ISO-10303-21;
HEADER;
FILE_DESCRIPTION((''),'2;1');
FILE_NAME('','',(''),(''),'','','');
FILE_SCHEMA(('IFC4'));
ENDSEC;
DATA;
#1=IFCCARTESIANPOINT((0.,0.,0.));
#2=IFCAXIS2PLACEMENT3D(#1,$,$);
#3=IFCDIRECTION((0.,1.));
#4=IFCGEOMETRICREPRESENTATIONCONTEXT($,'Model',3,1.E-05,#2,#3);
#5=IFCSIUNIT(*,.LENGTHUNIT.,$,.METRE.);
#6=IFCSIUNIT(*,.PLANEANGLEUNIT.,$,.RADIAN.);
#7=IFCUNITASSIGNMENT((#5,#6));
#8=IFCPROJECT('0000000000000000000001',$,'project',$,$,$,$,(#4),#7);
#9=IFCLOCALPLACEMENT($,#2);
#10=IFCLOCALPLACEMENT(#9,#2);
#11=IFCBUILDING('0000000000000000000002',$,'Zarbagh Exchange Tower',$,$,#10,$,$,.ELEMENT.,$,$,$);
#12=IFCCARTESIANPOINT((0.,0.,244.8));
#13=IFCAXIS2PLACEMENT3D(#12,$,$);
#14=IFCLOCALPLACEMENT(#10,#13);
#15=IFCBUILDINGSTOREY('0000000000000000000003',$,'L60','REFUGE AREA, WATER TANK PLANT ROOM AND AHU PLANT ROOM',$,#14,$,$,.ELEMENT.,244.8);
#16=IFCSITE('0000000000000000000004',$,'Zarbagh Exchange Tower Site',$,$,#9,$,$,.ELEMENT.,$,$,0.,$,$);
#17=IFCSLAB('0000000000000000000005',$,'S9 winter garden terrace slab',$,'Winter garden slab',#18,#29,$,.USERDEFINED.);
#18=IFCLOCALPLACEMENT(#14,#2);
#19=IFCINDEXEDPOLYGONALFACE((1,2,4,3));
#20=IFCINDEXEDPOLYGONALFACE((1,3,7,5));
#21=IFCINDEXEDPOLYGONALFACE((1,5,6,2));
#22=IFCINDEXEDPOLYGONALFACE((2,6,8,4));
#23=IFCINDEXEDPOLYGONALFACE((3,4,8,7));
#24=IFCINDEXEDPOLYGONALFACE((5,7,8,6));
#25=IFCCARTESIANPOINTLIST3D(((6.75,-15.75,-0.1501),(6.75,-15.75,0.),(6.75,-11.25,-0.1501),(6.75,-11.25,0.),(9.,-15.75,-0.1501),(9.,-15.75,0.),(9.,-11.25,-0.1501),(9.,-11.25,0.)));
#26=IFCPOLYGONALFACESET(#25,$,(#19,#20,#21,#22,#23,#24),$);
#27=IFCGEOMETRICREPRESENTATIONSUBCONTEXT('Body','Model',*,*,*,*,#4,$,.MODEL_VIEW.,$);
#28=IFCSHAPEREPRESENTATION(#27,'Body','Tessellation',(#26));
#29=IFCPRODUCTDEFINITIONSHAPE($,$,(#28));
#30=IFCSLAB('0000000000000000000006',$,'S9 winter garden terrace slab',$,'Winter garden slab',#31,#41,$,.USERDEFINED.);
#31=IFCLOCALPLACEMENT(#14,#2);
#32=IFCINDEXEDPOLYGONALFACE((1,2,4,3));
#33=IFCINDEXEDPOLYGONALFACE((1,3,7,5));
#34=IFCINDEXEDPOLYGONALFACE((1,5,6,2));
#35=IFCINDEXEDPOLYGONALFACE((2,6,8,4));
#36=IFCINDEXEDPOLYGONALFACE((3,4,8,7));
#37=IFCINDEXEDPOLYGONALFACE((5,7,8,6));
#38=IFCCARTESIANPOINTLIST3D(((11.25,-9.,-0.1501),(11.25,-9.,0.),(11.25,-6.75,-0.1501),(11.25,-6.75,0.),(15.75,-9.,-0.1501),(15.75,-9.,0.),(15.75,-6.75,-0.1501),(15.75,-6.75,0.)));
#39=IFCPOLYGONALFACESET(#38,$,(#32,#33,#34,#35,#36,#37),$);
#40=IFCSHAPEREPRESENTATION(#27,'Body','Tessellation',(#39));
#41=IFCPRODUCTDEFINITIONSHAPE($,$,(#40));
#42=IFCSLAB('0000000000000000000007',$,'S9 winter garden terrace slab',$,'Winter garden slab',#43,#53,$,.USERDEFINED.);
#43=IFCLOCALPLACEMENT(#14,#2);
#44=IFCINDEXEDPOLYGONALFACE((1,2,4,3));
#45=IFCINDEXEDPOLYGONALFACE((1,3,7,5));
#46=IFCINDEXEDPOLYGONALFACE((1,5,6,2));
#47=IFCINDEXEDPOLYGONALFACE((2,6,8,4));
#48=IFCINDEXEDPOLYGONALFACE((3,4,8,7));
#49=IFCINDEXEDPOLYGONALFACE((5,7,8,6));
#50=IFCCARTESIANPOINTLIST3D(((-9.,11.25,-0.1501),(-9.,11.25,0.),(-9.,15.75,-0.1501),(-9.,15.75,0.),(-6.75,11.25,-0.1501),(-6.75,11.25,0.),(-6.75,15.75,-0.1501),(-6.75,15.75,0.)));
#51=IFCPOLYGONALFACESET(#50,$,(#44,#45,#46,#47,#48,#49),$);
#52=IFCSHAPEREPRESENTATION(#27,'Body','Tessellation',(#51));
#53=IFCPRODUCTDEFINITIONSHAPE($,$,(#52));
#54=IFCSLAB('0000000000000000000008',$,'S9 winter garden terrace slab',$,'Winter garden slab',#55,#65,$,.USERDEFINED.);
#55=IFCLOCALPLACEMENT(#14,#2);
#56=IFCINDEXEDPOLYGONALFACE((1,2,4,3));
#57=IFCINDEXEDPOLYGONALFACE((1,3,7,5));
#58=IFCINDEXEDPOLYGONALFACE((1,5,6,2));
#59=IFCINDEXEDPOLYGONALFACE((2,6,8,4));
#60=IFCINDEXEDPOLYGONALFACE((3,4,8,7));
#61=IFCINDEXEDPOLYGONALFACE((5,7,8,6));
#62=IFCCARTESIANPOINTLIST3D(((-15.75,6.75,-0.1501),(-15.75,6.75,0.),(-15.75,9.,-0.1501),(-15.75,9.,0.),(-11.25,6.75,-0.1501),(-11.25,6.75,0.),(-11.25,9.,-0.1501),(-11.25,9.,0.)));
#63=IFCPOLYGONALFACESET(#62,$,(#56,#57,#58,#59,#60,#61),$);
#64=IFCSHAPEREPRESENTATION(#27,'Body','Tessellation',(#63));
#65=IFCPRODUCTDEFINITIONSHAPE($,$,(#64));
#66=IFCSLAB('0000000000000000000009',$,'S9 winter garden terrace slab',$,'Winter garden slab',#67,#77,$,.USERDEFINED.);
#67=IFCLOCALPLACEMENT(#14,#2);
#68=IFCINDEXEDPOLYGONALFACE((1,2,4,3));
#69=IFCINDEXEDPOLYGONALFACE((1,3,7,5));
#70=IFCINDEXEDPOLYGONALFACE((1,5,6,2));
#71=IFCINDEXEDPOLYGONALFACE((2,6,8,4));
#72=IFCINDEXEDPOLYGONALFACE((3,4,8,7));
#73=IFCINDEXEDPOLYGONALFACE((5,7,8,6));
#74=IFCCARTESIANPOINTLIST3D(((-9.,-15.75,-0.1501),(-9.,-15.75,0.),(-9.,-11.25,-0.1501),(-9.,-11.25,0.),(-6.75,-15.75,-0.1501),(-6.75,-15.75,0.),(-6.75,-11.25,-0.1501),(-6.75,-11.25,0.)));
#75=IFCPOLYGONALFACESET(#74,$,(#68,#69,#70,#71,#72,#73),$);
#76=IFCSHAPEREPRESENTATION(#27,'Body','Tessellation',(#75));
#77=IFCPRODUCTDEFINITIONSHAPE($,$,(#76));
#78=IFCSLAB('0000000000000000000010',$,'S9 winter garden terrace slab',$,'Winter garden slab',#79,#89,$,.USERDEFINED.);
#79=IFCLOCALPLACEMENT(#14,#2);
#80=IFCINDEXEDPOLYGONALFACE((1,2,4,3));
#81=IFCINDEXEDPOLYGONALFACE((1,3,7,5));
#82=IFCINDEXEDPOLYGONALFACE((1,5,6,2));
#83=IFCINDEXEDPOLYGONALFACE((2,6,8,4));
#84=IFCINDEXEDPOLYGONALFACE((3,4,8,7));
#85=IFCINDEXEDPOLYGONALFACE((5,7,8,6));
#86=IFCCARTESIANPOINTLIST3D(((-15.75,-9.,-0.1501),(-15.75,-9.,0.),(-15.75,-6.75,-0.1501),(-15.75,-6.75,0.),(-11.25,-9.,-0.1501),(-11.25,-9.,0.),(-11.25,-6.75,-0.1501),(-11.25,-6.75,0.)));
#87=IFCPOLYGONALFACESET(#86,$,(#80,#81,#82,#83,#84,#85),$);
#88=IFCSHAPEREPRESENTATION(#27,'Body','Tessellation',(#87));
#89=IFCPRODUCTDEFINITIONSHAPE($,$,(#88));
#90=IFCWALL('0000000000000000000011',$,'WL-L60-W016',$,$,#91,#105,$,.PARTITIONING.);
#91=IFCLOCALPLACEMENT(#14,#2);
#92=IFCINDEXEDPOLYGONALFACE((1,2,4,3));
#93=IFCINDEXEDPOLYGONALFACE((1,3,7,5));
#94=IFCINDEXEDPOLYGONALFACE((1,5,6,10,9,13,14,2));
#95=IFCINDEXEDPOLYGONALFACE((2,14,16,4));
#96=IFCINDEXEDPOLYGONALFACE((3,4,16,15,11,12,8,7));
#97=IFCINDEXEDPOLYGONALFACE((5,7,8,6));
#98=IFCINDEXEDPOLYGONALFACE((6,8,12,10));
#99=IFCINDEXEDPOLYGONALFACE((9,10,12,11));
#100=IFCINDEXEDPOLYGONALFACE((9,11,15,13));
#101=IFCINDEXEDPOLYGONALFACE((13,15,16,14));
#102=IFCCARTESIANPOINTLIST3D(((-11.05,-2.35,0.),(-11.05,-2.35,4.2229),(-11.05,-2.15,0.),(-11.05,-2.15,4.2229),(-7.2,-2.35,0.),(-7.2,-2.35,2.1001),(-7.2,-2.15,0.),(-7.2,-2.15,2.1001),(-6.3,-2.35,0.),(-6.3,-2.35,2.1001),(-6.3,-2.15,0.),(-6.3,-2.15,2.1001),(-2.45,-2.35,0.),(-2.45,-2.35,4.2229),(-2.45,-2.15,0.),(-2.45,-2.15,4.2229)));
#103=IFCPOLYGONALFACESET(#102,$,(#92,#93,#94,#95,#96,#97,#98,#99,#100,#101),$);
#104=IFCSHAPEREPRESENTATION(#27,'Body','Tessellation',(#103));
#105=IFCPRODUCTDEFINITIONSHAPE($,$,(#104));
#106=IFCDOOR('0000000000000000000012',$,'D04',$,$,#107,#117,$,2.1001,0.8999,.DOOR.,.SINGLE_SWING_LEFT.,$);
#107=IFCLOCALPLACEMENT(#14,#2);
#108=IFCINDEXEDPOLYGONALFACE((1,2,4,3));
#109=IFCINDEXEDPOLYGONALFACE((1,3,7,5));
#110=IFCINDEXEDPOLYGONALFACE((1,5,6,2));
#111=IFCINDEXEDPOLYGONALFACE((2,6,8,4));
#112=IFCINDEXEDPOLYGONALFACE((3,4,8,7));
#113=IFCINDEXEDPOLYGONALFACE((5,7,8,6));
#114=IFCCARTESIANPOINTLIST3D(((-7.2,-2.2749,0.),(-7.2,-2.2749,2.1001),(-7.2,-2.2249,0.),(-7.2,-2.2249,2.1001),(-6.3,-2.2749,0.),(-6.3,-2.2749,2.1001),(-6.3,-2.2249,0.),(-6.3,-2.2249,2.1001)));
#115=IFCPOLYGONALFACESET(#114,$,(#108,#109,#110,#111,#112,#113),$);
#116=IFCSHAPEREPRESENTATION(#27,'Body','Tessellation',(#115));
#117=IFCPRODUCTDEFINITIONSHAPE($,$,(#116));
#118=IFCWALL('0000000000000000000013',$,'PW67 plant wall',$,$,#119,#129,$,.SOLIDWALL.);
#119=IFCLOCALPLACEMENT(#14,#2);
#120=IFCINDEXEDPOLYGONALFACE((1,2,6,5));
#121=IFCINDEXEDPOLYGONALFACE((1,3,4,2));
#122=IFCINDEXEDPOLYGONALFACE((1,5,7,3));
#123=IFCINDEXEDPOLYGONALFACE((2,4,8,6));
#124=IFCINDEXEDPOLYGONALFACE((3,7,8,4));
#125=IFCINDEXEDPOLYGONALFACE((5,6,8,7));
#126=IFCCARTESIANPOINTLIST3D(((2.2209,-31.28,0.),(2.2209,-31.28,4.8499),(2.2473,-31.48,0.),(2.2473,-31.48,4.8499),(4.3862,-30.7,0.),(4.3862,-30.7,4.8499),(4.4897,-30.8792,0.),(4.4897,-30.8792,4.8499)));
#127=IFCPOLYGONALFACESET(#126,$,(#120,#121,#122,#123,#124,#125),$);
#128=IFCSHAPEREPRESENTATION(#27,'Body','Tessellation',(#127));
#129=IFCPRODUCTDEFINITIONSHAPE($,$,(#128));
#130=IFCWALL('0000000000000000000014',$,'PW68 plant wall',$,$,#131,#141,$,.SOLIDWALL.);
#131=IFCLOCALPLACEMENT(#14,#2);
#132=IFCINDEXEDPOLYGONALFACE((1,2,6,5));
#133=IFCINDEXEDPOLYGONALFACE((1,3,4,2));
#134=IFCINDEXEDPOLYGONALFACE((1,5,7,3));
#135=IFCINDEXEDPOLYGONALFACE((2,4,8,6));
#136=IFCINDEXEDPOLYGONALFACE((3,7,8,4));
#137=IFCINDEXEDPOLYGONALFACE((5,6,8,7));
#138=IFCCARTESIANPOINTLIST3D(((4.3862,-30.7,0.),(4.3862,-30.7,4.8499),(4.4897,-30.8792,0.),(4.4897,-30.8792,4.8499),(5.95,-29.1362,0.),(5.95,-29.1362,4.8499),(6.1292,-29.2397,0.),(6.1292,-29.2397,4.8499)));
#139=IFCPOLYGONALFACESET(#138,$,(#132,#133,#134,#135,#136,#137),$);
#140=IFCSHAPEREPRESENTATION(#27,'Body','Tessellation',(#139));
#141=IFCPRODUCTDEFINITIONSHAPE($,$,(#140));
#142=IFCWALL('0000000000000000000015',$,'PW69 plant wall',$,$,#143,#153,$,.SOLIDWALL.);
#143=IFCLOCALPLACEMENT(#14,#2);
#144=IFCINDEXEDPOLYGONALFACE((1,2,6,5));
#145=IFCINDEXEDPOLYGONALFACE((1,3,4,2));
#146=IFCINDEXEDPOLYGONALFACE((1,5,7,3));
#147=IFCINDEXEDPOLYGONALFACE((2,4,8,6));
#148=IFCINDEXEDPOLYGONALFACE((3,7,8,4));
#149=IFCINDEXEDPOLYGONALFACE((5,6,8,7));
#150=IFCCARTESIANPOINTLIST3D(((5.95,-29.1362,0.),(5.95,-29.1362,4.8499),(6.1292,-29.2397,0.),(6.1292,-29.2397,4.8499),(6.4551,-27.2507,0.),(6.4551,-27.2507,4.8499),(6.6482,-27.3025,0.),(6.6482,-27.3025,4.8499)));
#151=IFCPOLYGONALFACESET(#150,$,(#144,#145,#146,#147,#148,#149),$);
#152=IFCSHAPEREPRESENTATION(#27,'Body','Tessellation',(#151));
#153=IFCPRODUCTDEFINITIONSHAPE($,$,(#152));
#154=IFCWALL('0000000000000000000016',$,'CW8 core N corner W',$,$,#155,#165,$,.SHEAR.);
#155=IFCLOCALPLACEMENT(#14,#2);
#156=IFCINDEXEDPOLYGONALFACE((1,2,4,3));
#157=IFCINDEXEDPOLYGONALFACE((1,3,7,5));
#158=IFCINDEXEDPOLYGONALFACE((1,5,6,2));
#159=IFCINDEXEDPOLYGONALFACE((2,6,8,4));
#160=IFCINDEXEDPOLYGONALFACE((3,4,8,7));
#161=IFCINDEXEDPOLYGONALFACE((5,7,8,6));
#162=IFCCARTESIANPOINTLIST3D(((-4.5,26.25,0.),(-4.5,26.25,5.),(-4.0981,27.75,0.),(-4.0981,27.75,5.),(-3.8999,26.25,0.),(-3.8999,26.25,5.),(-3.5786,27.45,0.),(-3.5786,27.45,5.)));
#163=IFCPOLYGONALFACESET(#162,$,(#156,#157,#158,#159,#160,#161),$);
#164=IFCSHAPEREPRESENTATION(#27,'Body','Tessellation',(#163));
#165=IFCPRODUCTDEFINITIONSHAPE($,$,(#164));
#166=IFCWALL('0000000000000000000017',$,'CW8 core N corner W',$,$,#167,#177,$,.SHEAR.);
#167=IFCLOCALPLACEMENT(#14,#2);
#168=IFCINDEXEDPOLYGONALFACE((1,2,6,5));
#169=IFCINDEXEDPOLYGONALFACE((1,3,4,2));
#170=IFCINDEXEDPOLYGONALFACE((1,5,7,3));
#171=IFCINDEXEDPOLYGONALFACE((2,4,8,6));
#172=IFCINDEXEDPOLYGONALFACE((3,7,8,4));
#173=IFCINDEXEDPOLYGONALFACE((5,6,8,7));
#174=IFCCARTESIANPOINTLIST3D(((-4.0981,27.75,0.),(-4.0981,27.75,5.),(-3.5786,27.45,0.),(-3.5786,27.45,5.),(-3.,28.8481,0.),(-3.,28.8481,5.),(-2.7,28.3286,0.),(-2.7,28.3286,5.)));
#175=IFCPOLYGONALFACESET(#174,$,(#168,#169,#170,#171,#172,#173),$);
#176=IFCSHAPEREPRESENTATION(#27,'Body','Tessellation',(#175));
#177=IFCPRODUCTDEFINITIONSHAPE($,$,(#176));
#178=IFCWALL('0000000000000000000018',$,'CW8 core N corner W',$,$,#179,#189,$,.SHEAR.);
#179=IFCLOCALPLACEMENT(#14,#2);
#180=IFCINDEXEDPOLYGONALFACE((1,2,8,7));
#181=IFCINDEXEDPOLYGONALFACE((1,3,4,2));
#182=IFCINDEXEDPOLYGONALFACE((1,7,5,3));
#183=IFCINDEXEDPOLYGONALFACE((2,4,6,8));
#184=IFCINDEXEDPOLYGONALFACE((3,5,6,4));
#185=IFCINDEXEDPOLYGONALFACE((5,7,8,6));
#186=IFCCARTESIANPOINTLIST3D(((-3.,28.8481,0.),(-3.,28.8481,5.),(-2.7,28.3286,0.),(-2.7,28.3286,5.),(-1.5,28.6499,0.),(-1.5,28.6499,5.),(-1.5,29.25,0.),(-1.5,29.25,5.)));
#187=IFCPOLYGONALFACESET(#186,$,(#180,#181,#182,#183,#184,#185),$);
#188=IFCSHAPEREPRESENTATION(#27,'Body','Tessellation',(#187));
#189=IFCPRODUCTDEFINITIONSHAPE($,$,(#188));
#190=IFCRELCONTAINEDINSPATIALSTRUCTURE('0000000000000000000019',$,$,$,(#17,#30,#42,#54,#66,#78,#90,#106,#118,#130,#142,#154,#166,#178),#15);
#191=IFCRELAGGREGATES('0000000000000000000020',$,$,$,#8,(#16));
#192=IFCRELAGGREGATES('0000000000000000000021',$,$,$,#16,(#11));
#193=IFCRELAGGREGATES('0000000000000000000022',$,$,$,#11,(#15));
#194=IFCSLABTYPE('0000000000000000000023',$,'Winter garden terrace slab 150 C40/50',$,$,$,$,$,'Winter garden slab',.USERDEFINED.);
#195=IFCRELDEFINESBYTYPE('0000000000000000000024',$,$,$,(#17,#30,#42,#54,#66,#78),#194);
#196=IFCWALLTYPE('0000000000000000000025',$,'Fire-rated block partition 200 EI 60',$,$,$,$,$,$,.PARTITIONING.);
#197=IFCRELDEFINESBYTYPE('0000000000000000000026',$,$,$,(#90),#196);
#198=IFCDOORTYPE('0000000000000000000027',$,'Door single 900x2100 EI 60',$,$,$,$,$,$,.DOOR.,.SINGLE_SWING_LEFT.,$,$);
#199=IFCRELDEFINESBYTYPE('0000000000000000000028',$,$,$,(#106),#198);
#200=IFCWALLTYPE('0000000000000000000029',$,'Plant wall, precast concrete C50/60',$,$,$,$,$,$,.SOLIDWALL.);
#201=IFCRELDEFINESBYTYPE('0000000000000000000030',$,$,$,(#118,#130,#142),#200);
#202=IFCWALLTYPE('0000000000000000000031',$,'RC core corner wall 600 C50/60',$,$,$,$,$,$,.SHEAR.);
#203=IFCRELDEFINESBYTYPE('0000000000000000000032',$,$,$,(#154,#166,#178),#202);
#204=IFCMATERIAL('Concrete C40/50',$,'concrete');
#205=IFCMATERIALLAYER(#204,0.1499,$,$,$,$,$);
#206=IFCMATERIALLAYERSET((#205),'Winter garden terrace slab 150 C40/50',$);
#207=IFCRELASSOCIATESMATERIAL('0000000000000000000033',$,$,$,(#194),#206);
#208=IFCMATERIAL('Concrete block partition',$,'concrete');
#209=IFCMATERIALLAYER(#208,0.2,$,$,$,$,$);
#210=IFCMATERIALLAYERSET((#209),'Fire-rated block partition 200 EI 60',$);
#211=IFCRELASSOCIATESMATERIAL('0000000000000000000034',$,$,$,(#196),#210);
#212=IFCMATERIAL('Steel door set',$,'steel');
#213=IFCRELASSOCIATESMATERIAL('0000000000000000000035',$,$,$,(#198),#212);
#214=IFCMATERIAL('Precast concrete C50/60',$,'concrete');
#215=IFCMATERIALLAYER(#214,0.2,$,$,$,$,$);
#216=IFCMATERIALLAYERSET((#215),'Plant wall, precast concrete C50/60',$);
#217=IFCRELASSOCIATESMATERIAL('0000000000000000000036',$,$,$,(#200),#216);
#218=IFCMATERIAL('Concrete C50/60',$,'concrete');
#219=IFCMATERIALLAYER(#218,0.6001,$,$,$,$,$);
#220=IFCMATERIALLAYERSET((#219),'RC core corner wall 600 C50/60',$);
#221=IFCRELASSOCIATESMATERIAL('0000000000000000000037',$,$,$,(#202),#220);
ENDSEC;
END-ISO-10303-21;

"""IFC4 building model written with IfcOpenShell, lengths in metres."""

from ifc_helpers import new_model, si_unit, direction, frame, frame_2d, origin, place, context, subcontext, project, spatial, polyline, rectangle, outline, extrude, material, layer, layer_set, type_object, element, fill, save


model = new_model("IFC4")

# Units and contexts
model_context = context("Model", 3, precision=1e-05, world=origin(), true_north=direction((0.0, 1.0)))
body_context = subcontext(model_context, "Body", "Model", "MODEL_VIEW")
ifc_project = project(units=[si_unit("LENGTHUNIT", "METRE"), si_unit("PLANEANGLEUNIT", "RADIAN")], contexts=[model_context])

# Site, building, storey
site_placement = place(None, origin())
site = spatial("IfcSite", under=ifc_project, at=site_placement, Name="Zarbagh Exchange Tower Site", CompositionType="ELEMENT", RefElevation=0.0)
building_placement = place(site_placement, origin())
building = spatial("IfcBuilding", under=site, at=building_placement, Name="Zarbagh Exchange Tower", CompositionType="ELEMENT")
storey_placement = place(building_placement, frame((0.0, 0.0, 244.8)))
storey = spatial("IfcBuildingStorey", under=building, at=storey_placement, Name="L60", Description="REFUGE AREA, WATER TANK PLANT ROOM AND AHU PLANT ROOM", CompositionType="ELEMENT", Elevation=244.8)

# Slabs
ifc_material_1 = material(Name="Concrete C40/50", Category="concrete")
ifc_layer_1 = layer(ifc_material_1, 0.1499)
ifc_layer_set_1 = layer_set([ifc_layer_1], Name="Winter garden terrace slab 150 C40/50")
slab_type_1 = type_object("IfcSlabType", Name="Winter garden terrace slab 150 C40/50", ElementType="Winter garden slab", PredefinedType="USERDEFINED", material=ifc_layer_set_1)
slab_1_placement = place(storey_placement, frame((0.0, 0.0, -0.1501)))
element("IfcSlab", 1, at=slab_1_placement, inside=storey, type_object=slab_type_1, Name="S9 winter garden terrace slab", ObjectType="Winter garden slab", PredefinedType="USERDEFINED", context=body_context, shape_type="SweptSolid", body=[
    extrude(outline(polyline([(9.0, -15.75), (9.0, -11.25), (6.75, -11.25), (6.75, -15.75), (9.0, -15.75)])), origin(), (0.0, 0.0, 1.0), 0.1501),
])
slab_2_placement = place(storey_placement, frame((0.0, 0.0, -0.1501)))
element("IfcSlab", 2, at=slab_2_placement, inside=storey, type_object=slab_type_1, Name="S9 winter garden terrace slab", ObjectType="Winter garden slab", PredefinedType="USERDEFINED", context=body_context, shape_type="SweptSolid", body=[
    extrude(outline(polyline([(15.75, -9.0), (15.75, -6.75), (11.25, -6.75), (11.25, -9.0), (15.75, -9.0)])), origin(), (0.0, 0.0, 1.0), 0.1501),
])
slab_3_placement = place(storey_placement, frame((0.0, 0.0, -0.1501)))
element("IfcSlab", 3, at=slab_3_placement, inside=storey, type_object=slab_type_1, Name="S9 winter garden terrace slab", ObjectType="Winter garden slab", PredefinedType="USERDEFINED", context=body_context, shape_type="SweptSolid", body=[
    extrude(outline(polyline([(-6.75, 11.25), (-6.75, 15.75), (-9.0, 15.75), (-9.0, 11.25), (-6.75, 11.25)])), origin(), (0.0, 0.0, 1.0), 0.1501),
])
slab_4_placement = place(storey_placement, frame((0.0, 0.0, -0.1501)))
element("IfcSlab", 4, at=slab_4_placement, inside=storey, type_object=slab_type_1, Name="S9 winter garden terrace slab", ObjectType="Winter garden slab", PredefinedType="USERDEFINED", context=body_context, shape_type="SweptSolid", body=[
    extrude(outline(polyline([(-11.25, 6.75), (-11.25, 9.0), (-15.75, 9.0), (-15.75, 6.75), (-11.25, 6.75)])), origin(), (0.0, 0.0, 1.0), 0.1501),
])
slab_5_placement = place(storey_placement, frame((0.0, 0.0, -0.1501)))
element("IfcSlab", 5, at=slab_5_placement, inside=storey, type_object=slab_type_1, Name="S9 winter garden terrace slab", ObjectType="Winter garden slab", PredefinedType="USERDEFINED", context=body_context, shape_type="SweptSolid", body=[
    extrude(outline(polyline([(-6.75, -15.75), (-6.75, -11.25), (-9.0, -11.25), (-9.0, -15.75), (-6.75, -15.75)])), origin(), (0.0, 0.0, 1.0), 0.1501),
])
slab_6_placement = place(storey_placement, frame((0.0, 0.0, -0.1501)))
element("IfcSlab", 6, at=slab_6_placement, inside=storey, type_object=slab_type_1, Name="S9 winter garden terrace slab", ObjectType="Winter garden slab", PredefinedType="USERDEFINED", context=body_context, shape_type="SweptSolid", body=[
    extrude(outline(polyline([(-11.25, -9.0), (-11.25, -6.75), (-15.75, -6.75), (-15.75, -9.0), (-11.25, -9.0)])), origin(), (0.0, 0.0, 1.0), 0.1501),
])

# Wall, opening, door
ifc_material_2 = material(Name="Concrete block partition", Category="concrete")
ifc_layer_2 = layer(ifc_material_2, 0.2)
ifc_layer_set_2 = layer_set([ifc_layer_2], Name="Fire-rated block partition 200 EI 60")
wall_type_1 = type_object("IfcWallType", Name="Fire-rated block partition 200 EI 60", PredefinedType="PARTITIONING", material=ifc_layer_set_2)
wall_1_placement = place(storey_placement, frame((-2.45, -2.25, 0.0), z_axis=(0.0, 0.0, 1.0), x_axis=(-1.0, 0.0, 0.0)))
wall_1 = element("IfcWall", 7, at=wall_1_placement, inside=storey, type_object=wall_type_1, Name="WL-L60-W016", PredefinedType="PARTITIONING", context=body_context, shape_type="SweptSolid", body=[
    extrude(rectangle(XDim=8.6001, YDim=0.2, at=frame_2d((4.3, 0.0))), origin(), (0.0, 0.0, 1.0), 4.2229),
])
opening_placement = place(wall_1_placement, frame((3.8501, 0.0, 0.0)))
opening = element("IfcOpeningElement", 8, at=opening_placement, cuts=wall_1, PredefinedType="OPENING", context=body_context, shape_type="SweptSolid", body=[
    extrude(rectangle(XDim=0.8999, YDim=2.1001, at=frame_2d((0.45, 1.05))), frame((0.0, 0.1099, 0.0), z_axis=(0.0, -1.0, 0.0), x_axis=(1.0, 0.0, 0.0)), (0.0, 0.0, 1.0), 0.22),
])
ifc_material_3 = material(Name="Steel door set", Category="steel")
door_type = type_object("IfcDoorType", Name="Door single 900x2100 EI 60", OperationType="SINGLE_SWING_LEFT", PredefinedType="DOOR", material=ifc_material_3)
door_placement = place(opening_placement, origin())
door = element("IfcDoor", 9, at=door_placement, inside=storey, type_object=door_type, Name="D04", OperationType="SINGLE_SWING_LEFT", OverallHeight=2.1001, OverallWidth=0.8999, PredefinedType="DOOR", context=body_context, shape_type="SweptSolid", body=[
    extrude(rectangle(XDim=0.8999, YDim=2.1001, at=frame_2d((0.45, 1.05))), frame((0.0, 0.0249, 0.0), z_axis=(0.0, -1.0, 0.0), x_axis=(1.0, 0.0, 0.0)), (0.0, 0.0, 1.0), 0.05),
])
fill(opening, door)

# Walls
ifc_material_4 = material(Name="Precast concrete C50/60", Category="concrete")
ifc_layer_3 = layer(ifc_material_4, 0.2)
ifc_layer_set_3 = layer_set([ifc_layer_3], Name="Plant wall, precast concrete C50/60")
wall_type_2 = type_object("IfcWallType", Name="Plant wall, precast concrete C50/60", PredefinedType="SOLIDWALL", material=ifc_layer_set_3)
wall_2_placement = place(storey_placement, origin())
element("IfcWall", 10, at=wall_2_placement, inside=storey, type_object=wall_type_2, Name="PW67 plant wall", PredefinedType="SOLIDWALL", context=body_context, shape_type="SweptSolid", body=[
    extrude(outline(polyline([(2.2473, -31.48), (4.4897, -30.8792), (4.3862, -30.7), (2.2209, -31.28), (2.2473, -31.48)])), origin(), (0.0, 0.0, 1.0), 4.8499),
])
wall_3_placement = place(storey_placement, origin())
element("IfcWall", 11, at=wall_3_placement, inside=storey, type_object=wall_type_2, Name="PW68 plant wall", PredefinedType="SOLIDWALL", context=body_context, shape_type="SweptSolid", body=[
    extrude(outline(polyline([(4.4897, -30.8792), (6.1292, -29.2397), (5.95, -29.1362), (4.3862, -30.7), (4.4897, -30.8792)])), origin(), (0.0, 0.0, 1.0), 4.8499),
])
wall_4_placement = place(storey_placement, origin())
element("IfcWall", 12, at=wall_4_placement, inside=storey, type_object=wall_type_2, Name="PW69 plant wall", PredefinedType="SOLIDWALL", context=body_context, shape_type="SweptSolid", body=[
    extrude(outline(polyline([(6.1292, -29.2397), (6.6482, -27.3025), (6.4551, -27.2507), (5.95, -29.1362), (6.1292, -29.2397)])), origin(), (0.0, 0.0, 1.0), 4.8499),
])
ifc_material_5 = material(Name="Concrete C50/60", Category="concrete")
ifc_layer_4 = layer(ifc_material_5, 0.6001)
ifc_layer_set_4 = layer_set([ifc_layer_4], Name="RC core corner wall 600 C50/60")
wall_type_3 = type_object("IfcWallType", Name="RC core corner wall 600 C50/60", PredefinedType="SHEAR", material=ifc_layer_set_4)
wall_5_placement = place(storey_placement, origin())
element("IfcWall", 13, at=wall_5_placement, inside=storey, type_object=wall_type_3, Name="CW8 core N corner W", PredefinedType="SHEAR", context=body_context, shape_type="SweptSolid", body=[
    extrude(outline(polyline([(-4.5, 26.25), (-4.0981, 27.75), (-3.5786, 27.45), (-3.8999, 26.25), (-4.5, 26.25)])), origin(), (0.0, 0.0, 1.0), 5.0),
])
wall_6_placement = place(storey_placement, origin())
element("IfcWall", 14, at=wall_6_placement, inside=storey, type_object=wall_type_3, Name="CW8 core N corner W", PredefinedType="SHEAR", context=body_context, shape_type="SweptSolid", body=[
    extrude(outline(polyline([(-4.0981, 27.75), (-3.0, 28.8481), (-2.7, 28.3286), (-3.5786, 27.45), (-4.0981, 27.75)])), origin(), (0.0, 0.0, 1.0), 5.0),
])
wall_7_placement = place(storey_placement, origin())
element("IfcWall", 15, at=wall_7_placement, inside=storey, type_object=wall_type_3, Name="CW8 core N corner W", PredefinedType="SHEAR", context=body_context, shape_type="SweptSolid", body=[
    extrude(outline(polyline([(-3.0, 28.8481), (-1.5, 29.25), (-1.5, 28.6499), (-2.7, 28.3286), (-3.0, 28.8481)])), origin(), (0.0, 0.0, 1.0), 5.0),
])

save(model, "model.ifc")
